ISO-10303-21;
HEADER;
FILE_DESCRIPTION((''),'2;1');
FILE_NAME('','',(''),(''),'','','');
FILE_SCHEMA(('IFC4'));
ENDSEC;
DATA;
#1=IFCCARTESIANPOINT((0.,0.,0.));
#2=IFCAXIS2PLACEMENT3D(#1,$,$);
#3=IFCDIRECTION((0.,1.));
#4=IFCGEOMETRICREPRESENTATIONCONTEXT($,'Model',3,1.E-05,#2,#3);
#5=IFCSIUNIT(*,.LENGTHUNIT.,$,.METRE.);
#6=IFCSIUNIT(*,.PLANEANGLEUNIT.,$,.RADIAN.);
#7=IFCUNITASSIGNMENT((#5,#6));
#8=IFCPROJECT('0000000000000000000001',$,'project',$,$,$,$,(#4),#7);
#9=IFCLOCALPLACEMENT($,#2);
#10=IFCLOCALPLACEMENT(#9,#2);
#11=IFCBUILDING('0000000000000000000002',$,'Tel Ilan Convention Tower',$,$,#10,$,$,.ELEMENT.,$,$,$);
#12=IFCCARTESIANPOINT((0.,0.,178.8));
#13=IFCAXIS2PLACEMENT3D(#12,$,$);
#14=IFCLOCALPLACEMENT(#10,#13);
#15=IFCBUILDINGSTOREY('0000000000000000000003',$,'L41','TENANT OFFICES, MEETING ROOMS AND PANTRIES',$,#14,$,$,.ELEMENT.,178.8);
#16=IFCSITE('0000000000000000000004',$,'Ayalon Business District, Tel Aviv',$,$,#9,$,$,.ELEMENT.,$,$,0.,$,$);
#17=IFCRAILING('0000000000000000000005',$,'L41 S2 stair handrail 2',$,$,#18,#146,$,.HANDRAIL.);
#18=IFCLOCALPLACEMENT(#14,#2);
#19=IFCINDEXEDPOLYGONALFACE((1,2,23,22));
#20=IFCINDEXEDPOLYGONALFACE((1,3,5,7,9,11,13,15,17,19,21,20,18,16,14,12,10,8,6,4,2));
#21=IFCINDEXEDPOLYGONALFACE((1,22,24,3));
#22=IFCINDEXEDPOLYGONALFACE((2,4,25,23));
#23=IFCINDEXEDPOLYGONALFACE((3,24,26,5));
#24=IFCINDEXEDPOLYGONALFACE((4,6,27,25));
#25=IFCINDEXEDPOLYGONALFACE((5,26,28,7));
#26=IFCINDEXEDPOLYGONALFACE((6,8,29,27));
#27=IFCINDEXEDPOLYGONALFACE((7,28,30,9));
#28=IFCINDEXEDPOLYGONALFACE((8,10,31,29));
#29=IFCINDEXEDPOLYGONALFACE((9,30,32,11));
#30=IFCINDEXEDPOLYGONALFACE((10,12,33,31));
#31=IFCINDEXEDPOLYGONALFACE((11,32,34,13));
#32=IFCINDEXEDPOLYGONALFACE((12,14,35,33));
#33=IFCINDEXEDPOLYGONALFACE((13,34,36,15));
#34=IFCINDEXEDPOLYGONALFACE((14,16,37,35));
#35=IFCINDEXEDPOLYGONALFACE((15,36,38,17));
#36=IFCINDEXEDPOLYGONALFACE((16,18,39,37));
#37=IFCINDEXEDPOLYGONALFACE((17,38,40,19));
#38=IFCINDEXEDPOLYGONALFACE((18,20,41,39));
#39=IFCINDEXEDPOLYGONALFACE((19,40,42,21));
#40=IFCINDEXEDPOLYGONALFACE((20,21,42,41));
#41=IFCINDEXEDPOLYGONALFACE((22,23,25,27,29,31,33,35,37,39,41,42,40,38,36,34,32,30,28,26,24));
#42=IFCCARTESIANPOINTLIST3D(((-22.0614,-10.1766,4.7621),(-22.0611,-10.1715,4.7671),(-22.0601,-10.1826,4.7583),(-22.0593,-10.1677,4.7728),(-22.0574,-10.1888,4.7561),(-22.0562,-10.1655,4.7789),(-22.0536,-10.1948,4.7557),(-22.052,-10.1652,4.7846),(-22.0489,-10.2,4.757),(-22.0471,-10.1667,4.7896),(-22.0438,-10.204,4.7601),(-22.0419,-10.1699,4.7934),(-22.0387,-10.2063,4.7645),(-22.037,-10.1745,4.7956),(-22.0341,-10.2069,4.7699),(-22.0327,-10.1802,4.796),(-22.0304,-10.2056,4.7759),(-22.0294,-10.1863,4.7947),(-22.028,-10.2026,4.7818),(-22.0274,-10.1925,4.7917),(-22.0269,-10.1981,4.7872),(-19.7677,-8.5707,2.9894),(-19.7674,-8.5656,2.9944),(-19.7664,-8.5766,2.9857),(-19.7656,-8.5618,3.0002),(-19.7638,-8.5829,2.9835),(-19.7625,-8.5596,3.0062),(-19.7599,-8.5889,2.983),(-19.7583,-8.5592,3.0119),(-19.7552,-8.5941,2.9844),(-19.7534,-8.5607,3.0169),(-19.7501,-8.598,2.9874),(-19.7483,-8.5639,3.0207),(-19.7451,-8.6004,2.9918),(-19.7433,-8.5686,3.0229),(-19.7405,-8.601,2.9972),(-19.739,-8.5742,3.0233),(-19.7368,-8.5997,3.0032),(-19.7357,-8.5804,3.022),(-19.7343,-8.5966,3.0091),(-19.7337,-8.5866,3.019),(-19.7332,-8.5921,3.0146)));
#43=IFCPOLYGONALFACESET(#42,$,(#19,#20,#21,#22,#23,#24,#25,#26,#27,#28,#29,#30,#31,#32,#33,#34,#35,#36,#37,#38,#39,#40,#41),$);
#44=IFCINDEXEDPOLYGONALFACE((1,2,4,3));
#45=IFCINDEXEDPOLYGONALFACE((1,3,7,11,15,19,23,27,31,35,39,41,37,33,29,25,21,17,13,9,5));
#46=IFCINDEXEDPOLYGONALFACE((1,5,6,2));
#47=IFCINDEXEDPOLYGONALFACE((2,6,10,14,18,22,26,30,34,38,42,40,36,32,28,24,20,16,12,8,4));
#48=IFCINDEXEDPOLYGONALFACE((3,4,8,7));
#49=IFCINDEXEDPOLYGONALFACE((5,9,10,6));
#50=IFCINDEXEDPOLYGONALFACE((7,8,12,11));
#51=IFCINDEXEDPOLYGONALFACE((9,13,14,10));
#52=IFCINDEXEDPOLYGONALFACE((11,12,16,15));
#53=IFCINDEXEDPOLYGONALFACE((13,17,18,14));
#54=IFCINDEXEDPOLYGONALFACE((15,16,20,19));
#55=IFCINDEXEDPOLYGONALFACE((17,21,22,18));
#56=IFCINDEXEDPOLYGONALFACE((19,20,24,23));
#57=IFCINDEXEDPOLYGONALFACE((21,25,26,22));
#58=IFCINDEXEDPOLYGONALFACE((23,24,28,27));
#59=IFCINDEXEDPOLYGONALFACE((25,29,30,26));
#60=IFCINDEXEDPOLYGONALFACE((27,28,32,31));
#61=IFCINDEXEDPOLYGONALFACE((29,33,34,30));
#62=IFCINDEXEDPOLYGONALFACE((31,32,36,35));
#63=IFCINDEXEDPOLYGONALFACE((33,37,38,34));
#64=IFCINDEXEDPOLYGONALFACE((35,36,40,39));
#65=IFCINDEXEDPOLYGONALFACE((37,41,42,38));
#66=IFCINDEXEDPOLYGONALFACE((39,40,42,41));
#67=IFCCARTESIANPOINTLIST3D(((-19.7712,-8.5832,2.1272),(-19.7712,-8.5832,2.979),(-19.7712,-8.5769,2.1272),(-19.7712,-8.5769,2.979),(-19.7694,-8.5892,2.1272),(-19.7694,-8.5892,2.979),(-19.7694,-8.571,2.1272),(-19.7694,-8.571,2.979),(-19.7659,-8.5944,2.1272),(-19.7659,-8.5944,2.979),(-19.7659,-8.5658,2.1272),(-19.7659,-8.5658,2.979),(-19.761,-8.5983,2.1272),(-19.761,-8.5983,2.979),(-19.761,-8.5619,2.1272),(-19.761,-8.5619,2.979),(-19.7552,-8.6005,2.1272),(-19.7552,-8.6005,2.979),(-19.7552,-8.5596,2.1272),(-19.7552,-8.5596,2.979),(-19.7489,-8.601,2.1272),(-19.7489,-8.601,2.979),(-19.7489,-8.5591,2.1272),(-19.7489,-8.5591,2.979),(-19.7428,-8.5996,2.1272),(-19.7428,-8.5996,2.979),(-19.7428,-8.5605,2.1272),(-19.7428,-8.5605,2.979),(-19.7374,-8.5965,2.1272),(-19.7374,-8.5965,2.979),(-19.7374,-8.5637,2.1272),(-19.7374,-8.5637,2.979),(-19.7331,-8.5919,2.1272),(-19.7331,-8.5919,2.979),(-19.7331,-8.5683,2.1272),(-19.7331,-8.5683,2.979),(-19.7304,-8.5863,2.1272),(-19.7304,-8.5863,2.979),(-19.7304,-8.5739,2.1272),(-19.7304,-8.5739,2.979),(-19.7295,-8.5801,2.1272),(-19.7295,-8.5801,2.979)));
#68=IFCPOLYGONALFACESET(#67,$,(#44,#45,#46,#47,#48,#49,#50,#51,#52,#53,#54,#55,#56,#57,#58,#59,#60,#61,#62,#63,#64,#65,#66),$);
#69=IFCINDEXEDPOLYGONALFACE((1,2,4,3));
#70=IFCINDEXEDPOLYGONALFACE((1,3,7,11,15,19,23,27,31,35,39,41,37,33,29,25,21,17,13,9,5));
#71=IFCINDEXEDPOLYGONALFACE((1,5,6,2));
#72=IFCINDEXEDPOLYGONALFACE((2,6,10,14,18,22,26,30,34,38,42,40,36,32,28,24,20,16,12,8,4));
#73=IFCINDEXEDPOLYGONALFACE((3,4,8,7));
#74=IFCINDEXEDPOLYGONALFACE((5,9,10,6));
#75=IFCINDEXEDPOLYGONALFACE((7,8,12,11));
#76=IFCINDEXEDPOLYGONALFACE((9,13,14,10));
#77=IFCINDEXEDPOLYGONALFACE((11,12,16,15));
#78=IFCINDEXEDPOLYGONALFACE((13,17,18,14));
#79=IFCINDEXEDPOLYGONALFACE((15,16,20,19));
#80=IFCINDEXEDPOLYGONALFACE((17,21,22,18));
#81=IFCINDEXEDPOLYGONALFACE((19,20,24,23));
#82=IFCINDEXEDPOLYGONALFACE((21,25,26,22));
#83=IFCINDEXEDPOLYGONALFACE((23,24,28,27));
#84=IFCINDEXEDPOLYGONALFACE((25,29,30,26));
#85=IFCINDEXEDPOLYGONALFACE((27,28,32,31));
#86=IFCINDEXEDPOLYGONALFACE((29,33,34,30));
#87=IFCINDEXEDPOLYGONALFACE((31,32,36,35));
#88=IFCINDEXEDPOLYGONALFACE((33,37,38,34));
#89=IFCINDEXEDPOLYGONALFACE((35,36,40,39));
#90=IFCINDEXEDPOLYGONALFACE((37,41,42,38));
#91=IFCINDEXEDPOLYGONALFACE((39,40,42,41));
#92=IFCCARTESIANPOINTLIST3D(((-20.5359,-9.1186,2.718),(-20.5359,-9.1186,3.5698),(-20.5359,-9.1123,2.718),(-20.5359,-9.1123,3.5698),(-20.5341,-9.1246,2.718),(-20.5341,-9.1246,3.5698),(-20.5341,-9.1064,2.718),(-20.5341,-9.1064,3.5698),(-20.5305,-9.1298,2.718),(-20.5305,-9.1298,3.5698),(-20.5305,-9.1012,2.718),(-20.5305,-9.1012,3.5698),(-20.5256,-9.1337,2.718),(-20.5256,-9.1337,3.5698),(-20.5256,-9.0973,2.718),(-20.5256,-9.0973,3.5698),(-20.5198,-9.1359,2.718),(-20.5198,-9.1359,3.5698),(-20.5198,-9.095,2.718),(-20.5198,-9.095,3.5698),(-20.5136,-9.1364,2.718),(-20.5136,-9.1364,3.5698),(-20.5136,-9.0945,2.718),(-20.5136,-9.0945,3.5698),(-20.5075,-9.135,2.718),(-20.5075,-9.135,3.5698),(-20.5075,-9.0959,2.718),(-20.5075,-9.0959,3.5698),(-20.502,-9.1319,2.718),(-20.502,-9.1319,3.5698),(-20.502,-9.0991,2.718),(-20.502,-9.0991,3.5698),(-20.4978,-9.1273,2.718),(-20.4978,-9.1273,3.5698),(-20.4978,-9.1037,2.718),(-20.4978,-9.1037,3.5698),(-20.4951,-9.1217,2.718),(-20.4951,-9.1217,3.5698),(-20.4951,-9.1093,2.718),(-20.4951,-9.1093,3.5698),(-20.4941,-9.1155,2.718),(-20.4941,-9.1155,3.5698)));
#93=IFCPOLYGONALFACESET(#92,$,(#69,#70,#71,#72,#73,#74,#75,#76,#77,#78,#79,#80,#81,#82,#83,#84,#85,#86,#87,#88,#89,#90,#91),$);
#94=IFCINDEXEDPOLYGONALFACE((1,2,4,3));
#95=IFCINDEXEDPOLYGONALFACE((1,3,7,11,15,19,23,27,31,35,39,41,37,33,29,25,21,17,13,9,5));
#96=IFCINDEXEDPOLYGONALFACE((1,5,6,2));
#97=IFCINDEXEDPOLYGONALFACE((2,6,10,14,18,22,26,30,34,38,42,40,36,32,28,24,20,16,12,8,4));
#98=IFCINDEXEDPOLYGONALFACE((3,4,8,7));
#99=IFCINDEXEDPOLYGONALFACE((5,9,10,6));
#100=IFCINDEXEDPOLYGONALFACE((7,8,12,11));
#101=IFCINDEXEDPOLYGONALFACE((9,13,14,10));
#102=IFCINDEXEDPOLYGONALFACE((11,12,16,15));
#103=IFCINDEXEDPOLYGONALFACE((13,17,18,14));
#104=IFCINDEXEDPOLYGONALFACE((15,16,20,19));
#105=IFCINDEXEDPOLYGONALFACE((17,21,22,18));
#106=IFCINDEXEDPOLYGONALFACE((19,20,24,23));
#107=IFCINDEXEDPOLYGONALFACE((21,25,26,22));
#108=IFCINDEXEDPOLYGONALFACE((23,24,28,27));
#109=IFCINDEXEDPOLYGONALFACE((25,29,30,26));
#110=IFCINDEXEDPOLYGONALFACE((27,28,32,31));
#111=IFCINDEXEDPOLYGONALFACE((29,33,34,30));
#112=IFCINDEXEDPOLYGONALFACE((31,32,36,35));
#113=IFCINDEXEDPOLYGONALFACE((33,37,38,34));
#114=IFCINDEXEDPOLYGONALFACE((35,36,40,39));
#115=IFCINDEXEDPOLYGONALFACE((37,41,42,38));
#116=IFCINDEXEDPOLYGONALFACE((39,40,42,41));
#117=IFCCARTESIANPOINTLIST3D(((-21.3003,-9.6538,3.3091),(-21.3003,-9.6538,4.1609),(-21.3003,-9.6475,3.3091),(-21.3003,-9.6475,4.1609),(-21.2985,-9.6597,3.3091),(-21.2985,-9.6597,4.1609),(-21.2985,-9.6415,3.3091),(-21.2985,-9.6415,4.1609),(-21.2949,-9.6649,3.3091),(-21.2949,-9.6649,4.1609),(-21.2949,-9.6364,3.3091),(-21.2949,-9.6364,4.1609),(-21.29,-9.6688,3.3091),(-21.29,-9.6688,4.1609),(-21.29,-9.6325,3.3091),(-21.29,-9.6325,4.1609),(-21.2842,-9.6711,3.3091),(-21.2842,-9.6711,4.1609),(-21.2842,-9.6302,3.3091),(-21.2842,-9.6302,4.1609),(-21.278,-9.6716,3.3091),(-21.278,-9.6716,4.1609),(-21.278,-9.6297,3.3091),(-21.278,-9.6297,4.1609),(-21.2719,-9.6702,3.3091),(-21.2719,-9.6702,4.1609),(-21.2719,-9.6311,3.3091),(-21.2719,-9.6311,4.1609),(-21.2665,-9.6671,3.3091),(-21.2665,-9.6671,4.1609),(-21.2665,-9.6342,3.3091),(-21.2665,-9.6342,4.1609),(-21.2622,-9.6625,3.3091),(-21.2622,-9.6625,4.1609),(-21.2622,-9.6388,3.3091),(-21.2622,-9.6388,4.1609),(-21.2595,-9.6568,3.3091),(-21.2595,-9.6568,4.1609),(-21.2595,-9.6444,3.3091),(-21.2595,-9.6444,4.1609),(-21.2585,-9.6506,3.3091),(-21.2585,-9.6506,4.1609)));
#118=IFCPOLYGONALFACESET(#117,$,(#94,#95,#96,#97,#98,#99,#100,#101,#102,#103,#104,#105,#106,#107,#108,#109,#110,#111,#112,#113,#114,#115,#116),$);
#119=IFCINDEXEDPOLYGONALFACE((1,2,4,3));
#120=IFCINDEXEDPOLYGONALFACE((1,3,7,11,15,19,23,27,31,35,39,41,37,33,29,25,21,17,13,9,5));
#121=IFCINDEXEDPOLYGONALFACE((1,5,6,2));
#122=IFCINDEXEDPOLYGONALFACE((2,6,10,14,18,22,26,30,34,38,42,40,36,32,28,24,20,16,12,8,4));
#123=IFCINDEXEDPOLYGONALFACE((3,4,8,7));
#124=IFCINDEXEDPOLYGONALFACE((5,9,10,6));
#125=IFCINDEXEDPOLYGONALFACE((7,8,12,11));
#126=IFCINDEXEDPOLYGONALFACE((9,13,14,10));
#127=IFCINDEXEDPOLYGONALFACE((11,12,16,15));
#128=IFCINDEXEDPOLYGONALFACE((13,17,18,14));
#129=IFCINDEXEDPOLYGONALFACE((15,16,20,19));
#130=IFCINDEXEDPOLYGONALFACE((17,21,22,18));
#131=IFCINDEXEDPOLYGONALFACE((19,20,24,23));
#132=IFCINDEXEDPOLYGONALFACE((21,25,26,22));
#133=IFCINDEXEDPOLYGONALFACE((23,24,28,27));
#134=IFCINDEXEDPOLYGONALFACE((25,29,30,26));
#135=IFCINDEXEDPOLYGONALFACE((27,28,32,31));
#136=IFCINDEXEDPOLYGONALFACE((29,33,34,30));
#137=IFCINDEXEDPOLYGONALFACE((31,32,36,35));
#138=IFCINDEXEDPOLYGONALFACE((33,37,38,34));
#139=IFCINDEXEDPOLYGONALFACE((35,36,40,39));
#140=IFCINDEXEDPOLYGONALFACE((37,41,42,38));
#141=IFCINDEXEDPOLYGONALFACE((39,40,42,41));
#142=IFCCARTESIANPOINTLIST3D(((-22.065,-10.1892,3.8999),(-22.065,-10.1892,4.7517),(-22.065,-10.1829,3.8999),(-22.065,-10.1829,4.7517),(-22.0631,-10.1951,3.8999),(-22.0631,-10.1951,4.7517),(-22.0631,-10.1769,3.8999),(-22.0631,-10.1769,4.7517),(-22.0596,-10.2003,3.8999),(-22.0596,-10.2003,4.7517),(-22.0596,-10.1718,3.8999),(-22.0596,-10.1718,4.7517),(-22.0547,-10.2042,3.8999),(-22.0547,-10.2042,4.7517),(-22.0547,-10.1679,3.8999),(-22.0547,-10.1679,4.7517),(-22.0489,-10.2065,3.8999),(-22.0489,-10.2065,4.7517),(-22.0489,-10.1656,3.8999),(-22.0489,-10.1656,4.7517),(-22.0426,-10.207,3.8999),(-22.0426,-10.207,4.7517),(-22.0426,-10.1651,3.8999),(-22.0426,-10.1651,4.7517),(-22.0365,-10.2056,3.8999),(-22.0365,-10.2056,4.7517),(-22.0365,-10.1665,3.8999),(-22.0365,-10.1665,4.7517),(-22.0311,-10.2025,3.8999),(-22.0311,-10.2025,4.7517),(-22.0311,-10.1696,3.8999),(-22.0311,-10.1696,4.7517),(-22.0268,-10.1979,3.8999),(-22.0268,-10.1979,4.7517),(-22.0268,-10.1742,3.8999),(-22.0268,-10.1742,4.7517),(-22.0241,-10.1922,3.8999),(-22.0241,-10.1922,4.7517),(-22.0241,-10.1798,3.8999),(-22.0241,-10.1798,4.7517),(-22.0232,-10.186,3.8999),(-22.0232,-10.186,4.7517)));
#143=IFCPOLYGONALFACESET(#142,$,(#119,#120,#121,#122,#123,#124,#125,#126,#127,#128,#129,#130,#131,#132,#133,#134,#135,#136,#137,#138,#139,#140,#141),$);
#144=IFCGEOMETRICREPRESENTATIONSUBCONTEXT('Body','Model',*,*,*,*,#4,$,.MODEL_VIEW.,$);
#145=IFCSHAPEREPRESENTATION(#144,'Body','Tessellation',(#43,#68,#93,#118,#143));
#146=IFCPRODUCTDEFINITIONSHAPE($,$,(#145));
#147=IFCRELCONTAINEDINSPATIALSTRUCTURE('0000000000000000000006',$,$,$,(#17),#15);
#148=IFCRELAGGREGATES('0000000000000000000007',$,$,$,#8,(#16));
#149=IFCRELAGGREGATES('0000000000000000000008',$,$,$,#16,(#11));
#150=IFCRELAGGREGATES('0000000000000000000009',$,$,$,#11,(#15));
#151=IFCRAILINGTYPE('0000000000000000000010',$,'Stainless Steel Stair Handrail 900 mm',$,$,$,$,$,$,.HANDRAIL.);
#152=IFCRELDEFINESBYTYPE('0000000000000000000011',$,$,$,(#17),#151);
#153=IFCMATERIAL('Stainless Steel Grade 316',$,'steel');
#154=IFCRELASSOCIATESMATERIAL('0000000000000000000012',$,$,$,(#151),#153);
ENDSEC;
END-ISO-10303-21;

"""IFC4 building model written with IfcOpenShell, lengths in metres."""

from ifc_helpers import new_model, si_unit, direction, frame, origin, origin_2d, place, context, subcontext, project, spatial, circle, extrude, material, type_object, element, save


model = new_model("IFC4")

# Units and contexts
model_context = context("Model", 3, precision=1e-05, world=origin(), true_north=direction((0.0, 1.0)))
body_context = subcontext(model_context, "Body", "Model", "MODEL_VIEW")
ifc_project = project(units=[si_unit("LENGTHUNIT", "METRE"), si_unit("PLANEANGLEUNIT", "RADIAN")], contexts=[model_context])

# Site, building, storey
site_placement = place(None, origin())
site = spatial("IfcSite", under=ifc_project, at=site_placement, Name="Ayalon Business District, Tel Aviv", CompositionType="ELEMENT", RefElevation=0.0)
building_placement = place(site_placement, origin())
building = spatial("IfcBuilding", under=site, at=building_placement, Name="Tel Ilan Convention Tower", CompositionType="ELEMENT")
storey_placement = place(building_placement, frame((0.0, 0.0, 178.8)))
storey = spatial("IfcBuildingStorey", under=building, at=storey_placement, Name="L41", Description="TENANT OFFICES, MEETING ROOMS AND PANTRIES", CompositionType="ELEMENT", Elevation=178.8)

# Railing
ifc_material_1 = material(Name="Stainless Steel Grade 316", Category="steel")
railing_type_1 = type_object("IfcRailingType", Name="Stainless Steel Stair Handrail 900 mm", PredefinedType="HANDRAIL", material=ifc_material_1)
railing_1_placement = place(storey_placement, frame((-19.7505, -8.5801, 2.1272)))
element("IfcRailing", 1, at=railing_1_placement, inside=storey, type_object=railing_type_1, Name="L41 S2 stair handrail 2", PredefinedType="HANDRAIL", context=body_context, shape_type="SweptSolid", body=[
    extrude(circle(Radius=0.0239, at=origin_2d()), frame((0.0, 0.0, 0.876), z_axis=(-0.692123, -0.484597, 0.534913), x_axis=(0.57355, -0.81917, 0.0)), (0.0, 0.0, 1.0), 3.314),
    extrude(circle(Radius=0.021, at=origin_2d()), origin(), (0.0, 0.0, 1.0), 0.8518),
    extrude(circle(Radius=0.021, at=origin_2d()), frame((-0.7646, -0.5354, 0.5908)), (0.0, 0.0, 1.0), 0.8518),
    extrude(circle(Radius=0.021, at=origin_2d()), frame((-1.5291, -1.0706, 1.1819)), (0.0, 0.0, 1.0), 0.8518),
    extrude(circle(Radius=0.021, at=origin_2d()), frame((-2.2937, -1.606, 1.7727)), (0.0, 0.0, 1.0), 0.8518),
])

save(model, "model.ifc")
